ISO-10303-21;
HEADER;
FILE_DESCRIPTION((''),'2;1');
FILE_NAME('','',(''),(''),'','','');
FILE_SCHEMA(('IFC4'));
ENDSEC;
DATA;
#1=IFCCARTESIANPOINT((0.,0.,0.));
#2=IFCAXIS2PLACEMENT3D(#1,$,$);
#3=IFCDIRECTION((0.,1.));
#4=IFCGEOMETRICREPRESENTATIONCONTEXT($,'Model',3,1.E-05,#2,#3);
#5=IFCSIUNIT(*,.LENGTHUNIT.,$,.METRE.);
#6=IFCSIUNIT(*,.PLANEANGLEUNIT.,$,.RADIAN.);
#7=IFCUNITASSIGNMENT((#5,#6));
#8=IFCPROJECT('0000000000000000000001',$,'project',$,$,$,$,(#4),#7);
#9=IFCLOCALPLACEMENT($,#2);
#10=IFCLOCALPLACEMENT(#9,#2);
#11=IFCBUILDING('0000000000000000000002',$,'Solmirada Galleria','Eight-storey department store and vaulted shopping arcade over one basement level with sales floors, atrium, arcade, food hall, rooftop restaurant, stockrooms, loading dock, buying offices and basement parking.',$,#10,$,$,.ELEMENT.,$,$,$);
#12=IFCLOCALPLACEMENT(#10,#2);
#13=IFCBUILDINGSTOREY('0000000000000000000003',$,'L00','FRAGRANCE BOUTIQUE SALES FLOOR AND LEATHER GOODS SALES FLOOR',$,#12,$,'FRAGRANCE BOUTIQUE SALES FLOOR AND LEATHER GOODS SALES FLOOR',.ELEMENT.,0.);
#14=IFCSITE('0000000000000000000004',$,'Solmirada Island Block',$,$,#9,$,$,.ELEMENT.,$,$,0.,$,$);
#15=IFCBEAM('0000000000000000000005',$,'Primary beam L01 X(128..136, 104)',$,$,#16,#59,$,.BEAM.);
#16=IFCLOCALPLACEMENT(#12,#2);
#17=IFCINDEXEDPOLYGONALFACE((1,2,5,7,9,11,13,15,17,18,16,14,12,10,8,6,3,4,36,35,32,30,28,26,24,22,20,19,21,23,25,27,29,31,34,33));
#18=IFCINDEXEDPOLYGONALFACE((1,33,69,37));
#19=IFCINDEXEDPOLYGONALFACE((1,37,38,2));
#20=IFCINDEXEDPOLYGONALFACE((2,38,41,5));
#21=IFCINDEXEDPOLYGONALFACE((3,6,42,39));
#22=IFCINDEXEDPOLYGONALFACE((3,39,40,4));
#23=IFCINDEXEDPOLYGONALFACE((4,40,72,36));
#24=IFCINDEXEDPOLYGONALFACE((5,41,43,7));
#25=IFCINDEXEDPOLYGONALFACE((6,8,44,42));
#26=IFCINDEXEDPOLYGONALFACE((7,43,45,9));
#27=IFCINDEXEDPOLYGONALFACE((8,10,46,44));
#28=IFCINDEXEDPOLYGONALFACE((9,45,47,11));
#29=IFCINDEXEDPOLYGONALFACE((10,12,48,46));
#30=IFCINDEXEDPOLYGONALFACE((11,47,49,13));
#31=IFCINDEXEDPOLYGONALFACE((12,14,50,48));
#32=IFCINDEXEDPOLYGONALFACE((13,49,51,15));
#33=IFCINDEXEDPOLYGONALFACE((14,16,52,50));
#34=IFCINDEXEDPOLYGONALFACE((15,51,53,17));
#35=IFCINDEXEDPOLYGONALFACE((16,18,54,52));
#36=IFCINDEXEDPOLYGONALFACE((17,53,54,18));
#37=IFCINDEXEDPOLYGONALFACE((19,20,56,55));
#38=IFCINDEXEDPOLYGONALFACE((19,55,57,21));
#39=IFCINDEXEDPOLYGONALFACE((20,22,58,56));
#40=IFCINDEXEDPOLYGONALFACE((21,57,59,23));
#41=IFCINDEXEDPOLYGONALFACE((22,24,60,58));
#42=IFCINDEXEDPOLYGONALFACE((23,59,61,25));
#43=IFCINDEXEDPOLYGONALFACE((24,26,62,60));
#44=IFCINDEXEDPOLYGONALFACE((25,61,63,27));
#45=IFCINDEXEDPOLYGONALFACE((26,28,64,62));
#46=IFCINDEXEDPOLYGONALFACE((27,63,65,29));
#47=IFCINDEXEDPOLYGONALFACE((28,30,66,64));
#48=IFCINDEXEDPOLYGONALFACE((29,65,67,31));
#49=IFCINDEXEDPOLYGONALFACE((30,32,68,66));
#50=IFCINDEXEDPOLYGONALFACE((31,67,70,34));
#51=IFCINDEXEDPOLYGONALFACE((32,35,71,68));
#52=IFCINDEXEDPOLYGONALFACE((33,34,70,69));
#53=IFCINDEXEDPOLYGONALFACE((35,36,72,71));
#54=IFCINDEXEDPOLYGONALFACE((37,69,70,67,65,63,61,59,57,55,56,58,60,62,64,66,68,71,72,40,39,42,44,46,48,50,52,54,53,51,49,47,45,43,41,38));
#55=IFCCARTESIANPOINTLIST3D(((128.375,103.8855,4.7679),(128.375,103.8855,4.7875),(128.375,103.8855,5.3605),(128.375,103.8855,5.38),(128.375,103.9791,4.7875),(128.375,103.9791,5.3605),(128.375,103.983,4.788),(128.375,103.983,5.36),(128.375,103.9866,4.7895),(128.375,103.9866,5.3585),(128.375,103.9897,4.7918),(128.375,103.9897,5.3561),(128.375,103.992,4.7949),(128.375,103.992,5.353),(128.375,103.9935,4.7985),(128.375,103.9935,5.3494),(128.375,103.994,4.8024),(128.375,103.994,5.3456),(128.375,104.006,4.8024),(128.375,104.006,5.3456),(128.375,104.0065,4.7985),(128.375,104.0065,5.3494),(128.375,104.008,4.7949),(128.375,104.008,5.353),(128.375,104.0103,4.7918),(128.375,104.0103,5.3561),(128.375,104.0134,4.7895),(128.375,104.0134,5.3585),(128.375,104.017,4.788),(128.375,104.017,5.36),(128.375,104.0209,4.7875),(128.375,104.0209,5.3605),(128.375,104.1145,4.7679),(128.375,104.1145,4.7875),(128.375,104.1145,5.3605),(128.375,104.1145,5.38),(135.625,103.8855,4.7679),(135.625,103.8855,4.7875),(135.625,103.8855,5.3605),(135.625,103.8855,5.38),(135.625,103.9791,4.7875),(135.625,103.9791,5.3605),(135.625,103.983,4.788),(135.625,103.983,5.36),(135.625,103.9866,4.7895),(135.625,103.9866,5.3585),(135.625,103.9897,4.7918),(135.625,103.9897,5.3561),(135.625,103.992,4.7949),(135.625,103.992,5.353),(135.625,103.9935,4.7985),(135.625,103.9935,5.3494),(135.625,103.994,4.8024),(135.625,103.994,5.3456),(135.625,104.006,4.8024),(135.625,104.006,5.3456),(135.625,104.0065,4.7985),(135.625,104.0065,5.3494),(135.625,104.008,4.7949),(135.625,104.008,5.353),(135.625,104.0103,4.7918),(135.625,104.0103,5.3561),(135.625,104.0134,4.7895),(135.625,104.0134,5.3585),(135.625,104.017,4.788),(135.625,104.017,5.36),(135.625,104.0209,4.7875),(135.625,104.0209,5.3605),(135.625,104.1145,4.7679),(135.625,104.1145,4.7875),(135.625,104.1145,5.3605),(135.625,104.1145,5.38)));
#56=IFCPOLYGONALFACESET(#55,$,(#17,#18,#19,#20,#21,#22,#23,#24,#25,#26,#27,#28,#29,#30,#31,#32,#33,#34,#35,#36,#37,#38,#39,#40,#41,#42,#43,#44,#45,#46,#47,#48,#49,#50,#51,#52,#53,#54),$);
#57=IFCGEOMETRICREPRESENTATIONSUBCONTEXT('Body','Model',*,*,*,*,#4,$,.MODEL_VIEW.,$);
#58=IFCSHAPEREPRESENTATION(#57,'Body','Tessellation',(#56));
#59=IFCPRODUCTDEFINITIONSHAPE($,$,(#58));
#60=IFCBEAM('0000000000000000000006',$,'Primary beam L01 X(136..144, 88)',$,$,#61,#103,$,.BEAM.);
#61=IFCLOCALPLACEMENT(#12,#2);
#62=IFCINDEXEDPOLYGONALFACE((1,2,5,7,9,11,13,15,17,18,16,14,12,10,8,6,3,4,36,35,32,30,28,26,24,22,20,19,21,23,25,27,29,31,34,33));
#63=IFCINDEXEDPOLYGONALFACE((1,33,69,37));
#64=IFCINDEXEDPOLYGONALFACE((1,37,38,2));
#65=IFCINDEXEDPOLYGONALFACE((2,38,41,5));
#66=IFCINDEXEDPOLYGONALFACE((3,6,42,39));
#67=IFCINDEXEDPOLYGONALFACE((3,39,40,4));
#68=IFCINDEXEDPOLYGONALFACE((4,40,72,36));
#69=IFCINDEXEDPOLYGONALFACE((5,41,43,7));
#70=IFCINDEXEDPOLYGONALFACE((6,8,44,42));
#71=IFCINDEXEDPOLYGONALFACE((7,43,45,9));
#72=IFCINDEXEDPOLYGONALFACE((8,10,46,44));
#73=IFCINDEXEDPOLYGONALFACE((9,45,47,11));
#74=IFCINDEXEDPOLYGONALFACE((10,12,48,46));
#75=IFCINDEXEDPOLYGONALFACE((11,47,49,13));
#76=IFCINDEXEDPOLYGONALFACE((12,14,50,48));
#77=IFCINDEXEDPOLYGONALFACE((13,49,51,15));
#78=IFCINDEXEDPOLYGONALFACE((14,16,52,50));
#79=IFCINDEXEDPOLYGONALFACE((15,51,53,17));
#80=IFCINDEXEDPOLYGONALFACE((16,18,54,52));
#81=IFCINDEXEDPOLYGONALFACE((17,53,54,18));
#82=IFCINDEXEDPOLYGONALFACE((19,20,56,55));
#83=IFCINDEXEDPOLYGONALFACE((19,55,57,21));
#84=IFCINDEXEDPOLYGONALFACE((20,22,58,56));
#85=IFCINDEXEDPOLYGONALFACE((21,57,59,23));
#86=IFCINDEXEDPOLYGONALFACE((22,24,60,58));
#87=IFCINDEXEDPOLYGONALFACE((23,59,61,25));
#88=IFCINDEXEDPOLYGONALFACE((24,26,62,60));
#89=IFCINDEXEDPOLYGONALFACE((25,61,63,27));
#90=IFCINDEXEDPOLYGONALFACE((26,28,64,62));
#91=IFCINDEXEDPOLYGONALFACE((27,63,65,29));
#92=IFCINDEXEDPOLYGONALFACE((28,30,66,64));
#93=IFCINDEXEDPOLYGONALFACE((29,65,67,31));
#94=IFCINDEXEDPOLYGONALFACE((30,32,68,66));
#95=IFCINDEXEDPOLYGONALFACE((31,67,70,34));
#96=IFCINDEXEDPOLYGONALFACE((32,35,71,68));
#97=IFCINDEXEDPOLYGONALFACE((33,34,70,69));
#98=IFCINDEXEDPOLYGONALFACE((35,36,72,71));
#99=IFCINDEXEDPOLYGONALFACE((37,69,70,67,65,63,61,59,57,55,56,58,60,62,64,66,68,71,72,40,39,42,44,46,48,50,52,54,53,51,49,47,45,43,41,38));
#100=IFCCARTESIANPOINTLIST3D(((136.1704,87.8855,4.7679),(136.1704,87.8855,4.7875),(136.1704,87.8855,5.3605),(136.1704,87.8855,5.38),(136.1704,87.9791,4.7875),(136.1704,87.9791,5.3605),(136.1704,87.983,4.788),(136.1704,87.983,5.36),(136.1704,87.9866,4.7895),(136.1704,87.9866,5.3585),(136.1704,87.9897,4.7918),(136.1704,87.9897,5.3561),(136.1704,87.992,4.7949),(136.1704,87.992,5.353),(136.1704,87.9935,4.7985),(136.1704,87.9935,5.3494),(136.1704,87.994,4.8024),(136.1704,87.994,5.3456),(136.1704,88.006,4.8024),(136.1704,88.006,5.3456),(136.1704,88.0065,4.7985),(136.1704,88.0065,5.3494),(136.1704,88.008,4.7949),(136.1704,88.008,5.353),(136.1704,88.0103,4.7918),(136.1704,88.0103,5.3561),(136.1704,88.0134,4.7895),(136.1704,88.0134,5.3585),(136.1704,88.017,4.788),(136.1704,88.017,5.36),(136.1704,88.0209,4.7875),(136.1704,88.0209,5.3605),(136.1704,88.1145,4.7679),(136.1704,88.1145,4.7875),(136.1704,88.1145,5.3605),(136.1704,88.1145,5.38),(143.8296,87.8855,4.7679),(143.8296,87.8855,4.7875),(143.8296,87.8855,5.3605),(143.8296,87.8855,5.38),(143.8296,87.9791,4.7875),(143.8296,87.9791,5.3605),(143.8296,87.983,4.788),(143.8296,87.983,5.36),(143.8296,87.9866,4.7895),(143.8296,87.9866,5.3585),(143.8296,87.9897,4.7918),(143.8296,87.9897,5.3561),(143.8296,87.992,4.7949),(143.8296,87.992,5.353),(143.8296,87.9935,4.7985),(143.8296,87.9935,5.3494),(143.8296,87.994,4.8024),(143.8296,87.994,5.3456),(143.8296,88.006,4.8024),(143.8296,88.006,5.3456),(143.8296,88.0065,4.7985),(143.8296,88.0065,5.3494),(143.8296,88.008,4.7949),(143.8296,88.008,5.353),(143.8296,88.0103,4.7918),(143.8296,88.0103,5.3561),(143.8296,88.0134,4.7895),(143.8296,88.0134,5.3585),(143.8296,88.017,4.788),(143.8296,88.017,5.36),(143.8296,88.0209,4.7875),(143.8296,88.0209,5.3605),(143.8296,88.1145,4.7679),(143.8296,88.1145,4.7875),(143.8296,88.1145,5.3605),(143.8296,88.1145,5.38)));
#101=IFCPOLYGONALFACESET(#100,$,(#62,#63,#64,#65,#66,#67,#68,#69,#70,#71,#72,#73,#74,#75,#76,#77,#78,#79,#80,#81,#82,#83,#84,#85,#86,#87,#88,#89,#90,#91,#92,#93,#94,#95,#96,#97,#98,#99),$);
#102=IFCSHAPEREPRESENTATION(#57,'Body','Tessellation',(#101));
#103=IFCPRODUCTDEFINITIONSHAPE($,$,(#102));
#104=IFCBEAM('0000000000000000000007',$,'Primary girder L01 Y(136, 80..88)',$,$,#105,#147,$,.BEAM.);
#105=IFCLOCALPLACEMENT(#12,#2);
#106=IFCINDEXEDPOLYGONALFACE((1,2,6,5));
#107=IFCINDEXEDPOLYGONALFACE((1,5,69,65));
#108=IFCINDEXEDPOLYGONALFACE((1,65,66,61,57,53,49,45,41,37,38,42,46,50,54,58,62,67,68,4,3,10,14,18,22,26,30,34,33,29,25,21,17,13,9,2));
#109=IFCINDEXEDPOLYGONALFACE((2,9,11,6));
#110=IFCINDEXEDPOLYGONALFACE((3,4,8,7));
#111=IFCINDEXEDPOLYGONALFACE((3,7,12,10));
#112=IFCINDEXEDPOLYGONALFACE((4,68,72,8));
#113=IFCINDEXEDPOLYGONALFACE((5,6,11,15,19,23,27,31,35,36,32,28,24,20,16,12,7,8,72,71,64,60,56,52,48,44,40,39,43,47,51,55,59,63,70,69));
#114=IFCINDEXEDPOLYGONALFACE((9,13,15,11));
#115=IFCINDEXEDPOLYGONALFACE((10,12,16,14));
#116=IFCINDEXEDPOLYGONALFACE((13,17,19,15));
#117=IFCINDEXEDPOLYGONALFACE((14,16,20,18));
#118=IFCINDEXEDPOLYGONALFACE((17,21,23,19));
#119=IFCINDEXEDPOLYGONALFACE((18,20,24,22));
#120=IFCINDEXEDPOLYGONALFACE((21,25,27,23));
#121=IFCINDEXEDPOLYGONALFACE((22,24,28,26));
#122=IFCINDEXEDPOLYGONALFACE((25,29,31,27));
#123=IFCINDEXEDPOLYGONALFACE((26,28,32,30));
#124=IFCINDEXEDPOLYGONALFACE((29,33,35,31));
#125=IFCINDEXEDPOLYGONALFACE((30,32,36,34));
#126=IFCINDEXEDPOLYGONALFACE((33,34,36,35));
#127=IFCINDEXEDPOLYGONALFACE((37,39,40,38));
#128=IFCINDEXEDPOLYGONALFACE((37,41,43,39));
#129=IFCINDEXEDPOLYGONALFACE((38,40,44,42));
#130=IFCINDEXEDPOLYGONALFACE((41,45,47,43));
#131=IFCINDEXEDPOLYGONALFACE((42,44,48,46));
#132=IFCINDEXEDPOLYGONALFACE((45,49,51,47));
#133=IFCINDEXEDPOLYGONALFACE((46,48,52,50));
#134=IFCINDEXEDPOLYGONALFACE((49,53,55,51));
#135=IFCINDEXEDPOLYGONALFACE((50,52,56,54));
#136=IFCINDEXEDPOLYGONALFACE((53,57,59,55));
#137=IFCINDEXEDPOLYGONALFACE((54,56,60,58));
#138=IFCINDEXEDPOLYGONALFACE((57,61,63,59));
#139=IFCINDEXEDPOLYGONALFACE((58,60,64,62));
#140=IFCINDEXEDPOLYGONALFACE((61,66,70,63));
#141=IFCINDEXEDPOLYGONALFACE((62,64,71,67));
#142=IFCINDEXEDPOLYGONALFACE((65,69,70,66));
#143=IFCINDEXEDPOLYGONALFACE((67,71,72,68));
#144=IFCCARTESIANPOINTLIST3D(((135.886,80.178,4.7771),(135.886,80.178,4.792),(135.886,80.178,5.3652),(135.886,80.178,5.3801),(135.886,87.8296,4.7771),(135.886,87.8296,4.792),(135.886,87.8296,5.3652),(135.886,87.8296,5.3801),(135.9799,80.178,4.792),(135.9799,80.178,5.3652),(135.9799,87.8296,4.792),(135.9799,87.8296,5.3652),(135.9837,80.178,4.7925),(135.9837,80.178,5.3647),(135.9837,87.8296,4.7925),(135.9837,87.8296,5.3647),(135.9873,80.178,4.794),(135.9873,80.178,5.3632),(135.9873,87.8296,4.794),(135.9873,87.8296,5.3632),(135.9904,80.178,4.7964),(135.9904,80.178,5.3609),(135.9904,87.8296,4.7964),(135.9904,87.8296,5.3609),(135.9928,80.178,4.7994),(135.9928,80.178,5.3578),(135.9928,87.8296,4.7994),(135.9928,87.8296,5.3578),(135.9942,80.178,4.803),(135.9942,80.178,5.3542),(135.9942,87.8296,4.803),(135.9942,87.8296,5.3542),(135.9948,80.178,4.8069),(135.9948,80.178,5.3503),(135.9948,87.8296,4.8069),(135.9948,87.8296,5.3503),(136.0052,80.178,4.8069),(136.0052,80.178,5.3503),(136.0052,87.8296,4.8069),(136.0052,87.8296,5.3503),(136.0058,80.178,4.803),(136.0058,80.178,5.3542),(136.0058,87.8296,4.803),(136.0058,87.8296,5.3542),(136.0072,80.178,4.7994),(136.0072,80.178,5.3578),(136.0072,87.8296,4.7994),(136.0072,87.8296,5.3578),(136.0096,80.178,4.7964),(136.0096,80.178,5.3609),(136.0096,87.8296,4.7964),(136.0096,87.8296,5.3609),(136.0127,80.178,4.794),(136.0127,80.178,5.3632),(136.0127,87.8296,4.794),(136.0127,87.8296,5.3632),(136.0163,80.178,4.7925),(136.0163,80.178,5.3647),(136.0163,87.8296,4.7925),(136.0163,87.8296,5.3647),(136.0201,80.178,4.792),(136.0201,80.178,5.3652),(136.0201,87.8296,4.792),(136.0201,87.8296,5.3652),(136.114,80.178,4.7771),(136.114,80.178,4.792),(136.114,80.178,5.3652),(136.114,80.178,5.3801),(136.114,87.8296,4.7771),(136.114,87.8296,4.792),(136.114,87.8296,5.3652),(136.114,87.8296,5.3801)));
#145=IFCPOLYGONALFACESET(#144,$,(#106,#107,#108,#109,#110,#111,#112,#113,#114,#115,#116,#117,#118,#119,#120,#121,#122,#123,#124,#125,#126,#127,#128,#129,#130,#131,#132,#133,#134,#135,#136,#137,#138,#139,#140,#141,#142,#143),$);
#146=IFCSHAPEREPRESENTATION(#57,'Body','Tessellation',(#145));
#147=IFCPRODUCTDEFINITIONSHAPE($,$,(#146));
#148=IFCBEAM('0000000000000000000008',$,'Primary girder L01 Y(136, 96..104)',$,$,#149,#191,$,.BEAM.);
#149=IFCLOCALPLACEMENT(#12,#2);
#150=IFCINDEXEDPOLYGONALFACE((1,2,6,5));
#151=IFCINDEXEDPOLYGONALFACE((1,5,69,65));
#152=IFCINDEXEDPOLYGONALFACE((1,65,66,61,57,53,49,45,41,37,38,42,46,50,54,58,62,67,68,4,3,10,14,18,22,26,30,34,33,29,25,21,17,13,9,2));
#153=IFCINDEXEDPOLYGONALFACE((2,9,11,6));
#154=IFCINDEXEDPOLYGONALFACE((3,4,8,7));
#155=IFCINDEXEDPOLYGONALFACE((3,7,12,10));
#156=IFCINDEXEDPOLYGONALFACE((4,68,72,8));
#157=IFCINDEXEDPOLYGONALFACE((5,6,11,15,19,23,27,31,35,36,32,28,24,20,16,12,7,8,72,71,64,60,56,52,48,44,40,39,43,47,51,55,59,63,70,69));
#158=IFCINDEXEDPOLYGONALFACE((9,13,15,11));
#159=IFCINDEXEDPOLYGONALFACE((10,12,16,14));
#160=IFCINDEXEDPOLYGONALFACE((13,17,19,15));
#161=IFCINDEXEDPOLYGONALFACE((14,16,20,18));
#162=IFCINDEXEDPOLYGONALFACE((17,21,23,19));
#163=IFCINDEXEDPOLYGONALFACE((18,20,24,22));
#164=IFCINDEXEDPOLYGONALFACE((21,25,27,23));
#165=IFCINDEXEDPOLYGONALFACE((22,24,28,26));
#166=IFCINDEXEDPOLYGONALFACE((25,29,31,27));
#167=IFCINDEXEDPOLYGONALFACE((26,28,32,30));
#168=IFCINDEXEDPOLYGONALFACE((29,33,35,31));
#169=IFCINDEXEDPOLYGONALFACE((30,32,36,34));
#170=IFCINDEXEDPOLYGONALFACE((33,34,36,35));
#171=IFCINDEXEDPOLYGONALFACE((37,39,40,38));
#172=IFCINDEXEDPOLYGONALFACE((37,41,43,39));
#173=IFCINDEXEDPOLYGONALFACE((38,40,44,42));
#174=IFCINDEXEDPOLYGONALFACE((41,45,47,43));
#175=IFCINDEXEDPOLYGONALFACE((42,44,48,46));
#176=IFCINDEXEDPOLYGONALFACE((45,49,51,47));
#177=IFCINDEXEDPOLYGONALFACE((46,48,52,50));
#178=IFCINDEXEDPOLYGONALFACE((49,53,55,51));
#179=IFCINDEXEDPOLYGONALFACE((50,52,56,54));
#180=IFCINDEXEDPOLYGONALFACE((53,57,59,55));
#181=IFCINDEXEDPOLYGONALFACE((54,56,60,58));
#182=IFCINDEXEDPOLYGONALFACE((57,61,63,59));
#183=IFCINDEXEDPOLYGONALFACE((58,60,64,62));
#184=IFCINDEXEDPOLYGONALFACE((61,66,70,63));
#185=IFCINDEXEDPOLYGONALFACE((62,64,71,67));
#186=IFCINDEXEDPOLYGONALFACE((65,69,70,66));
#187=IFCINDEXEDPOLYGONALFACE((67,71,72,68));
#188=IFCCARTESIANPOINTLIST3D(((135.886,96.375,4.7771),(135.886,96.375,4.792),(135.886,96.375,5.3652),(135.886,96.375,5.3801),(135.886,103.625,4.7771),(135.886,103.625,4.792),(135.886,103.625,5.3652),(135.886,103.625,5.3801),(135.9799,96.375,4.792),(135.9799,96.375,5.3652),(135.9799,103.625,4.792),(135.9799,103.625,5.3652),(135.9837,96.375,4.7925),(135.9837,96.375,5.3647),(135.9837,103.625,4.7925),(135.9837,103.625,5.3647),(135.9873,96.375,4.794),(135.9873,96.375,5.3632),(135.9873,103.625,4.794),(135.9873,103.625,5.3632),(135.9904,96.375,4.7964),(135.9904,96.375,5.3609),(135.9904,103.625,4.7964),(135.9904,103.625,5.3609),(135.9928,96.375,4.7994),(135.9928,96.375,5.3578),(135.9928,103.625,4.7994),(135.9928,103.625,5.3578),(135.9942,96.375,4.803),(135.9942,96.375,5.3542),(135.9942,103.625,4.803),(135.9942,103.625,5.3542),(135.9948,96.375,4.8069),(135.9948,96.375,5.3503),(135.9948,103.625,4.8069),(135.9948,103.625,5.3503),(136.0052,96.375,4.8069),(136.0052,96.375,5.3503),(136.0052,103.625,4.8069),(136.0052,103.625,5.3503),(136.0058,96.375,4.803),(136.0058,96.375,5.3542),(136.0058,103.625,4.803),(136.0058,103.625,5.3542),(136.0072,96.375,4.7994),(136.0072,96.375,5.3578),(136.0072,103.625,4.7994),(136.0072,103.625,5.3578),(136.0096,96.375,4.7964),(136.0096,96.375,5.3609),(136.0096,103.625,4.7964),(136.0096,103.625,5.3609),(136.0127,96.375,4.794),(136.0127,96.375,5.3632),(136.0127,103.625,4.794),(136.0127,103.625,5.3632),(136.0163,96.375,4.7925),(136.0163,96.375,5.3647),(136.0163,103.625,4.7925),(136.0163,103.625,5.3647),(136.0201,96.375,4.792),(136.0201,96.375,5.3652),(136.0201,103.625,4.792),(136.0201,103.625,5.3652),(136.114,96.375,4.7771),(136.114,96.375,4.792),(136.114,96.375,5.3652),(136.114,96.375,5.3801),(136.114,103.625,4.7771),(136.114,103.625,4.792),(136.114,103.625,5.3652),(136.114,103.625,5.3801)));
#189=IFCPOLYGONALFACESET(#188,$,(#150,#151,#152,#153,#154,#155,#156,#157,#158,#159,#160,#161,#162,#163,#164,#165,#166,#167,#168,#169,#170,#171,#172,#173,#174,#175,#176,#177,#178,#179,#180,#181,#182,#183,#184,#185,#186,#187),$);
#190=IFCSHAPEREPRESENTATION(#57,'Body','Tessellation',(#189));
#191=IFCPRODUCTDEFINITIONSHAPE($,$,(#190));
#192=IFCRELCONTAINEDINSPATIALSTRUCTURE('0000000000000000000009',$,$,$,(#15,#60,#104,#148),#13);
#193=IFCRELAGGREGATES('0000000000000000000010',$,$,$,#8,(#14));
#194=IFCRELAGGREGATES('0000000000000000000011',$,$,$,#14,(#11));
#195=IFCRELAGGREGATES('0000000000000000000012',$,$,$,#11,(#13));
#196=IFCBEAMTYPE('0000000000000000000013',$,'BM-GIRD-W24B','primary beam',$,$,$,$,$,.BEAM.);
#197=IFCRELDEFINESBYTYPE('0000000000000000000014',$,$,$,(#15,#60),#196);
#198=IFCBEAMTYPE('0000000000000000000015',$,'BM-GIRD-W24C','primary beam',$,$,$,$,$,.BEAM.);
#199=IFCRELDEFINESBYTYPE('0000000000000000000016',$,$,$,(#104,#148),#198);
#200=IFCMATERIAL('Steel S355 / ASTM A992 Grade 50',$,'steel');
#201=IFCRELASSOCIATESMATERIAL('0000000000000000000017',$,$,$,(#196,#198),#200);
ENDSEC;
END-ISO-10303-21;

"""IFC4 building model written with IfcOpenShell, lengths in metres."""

from ifc_helpers import new_model, si_unit, direction, frame, origin, origin_2d, place, context, subcontext, project, spatial, i_section, extrude, material, material_profile, profile_set, type_object, element, save


model = new_model("IFC4")

# Units and contexts
model_context = context("Model", 3, precision=1e-05, world=origin(), true_north=direction((0.0, 1.0)))
body_context = subcontext(model_context, "Body", "Model", "MODEL_VIEW")
ifc_project = project(units=[si_unit("LENGTHUNIT", "METRE"), si_unit("PLANEANGLEUNIT", "RADIAN")], contexts=[model_context])

# Site, building, storey
site_placement = place(None, origin())
site = spatial("IfcSite", under=ifc_project, at=site_placement, Name="Solmirada Island Block", CompositionType="ELEMENT", RefElevation=0.0)
building_placement = place(site_placement, origin())
building = spatial("IfcBuilding", under=site, at=building_placement, Name="Solmirada Galleria", Description="Eight-storey department store and vaulted shopping arcade over one basement level with sales floors, atrium, arcade, food hall, rooftop restaurant, stockrooms, loading dock, buying offices and basement parking.", CompositionType="ELEMENT")
storey_placement = place(building_placement, origin())
storey = spatial("IfcBuildingStorey", under=building, at=storey_placement, Name="L00", Description="FRAGRANCE BOUTIQUE SALES FLOOR AND LEATHER GOODS SALES FLOOR", LongName="FRAGRANCE BOUTIQUE SALES FLOOR AND LEATHER GOODS SALES FLOOR", CompositionType="ELEMENT", Elevation=0.0)

# Beams
ifc_material_1 = material(Name="Steel S355 / ASTM A992 Grade 50", Category="steel")
ifc_material_profile_1 = material_profile(ifc_material_1, i_section(OverallWidth=0.229, OverallDepth=0.6121, WebThickness=0.012, FlangeThickness=0.0195, FilletRadius=0.0149, at=origin_2d()), Name="W24X84")
ifc_profile_set_1 = profile_set([ifc_material_profile_1], Name="Steel S355 / ASTM A992 Grade 50")
beam_type_1 = type_object("IfcBeamType", Name="BM-GIRD-W24B", Description="primary beam", PredefinedType="BEAM", material=ifc_profile_set_1)
beam_1_placement = place(storey_placement, frame((128.375, 104.0, 5.074), z_axis=(1.0, 0.0, 0.0), x_axis=(0.0, 1.0, 0.0)))
element("IfcBeam", 1, at=beam_1_placement, inside=storey, type_object=beam_type_1, Name="Primary beam L01 X(128..136, 104)", PredefinedType="BEAM", context=body_context, shape_type="SweptSolid", body=[
    extrude(i_section(OverallWidth=0.229, OverallDepth=0.6121, WebThickness=0.012, FlangeThickness=0.0195, FilletRadius=0.0149, at=origin_2d()), origin(), (0.0, 0.0, 1.0), 7.25),
])
beam_2_placement = place(storey_placement, frame((136.1704, 88.0, 5.074), z_axis=(1.0, 0.0, 0.0), x_axis=(0.0, 1.0, 0.0)))
element("IfcBeam", 2, at=beam_2_placement, inside=storey, type_object=beam_type_1, Name="Primary beam L01 X(136..144, 88)", PredefinedType="BEAM", context=body_context, shape_type="SweptSolid", body=[
    extrude(i_section(OverallWidth=0.229, OverallDepth=0.6121, WebThickness=0.012, FlangeThickness=0.0195, FilletRadius=0.0149, at=origin_2d()), origin(), (0.0, 0.0, 1.0), 7.6592),
])
ifc_material_profile_2 = material_profile(ifc_material_1, i_section(OverallWidth=0.228, OverallDepth=0.603, WebThickness=0.0105, FlangeThickness=0.0149, FilletRadius=0.0149, at=origin_2d()), Name="W24X68")
ifc_profile_set_2 = profile_set([ifc_material_profile_2], Name="Steel S355 / ASTM A992 Grade 50")
beam_type_2 = type_object("IfcBeamType", Name="BM-GIRD-W24C", Description="primary beam", PredefinedType="BEAM", material=ifc_profile_set_2)
beam_3_placement = place(storey_placement, frame((136.0, 80.178, 5.0786), z_axis=(0.0, 1.0, 0.0), x_axis=(-1.0, 0.0, 0.0)))
element("IfcBeam", 3, at=beam_3_placement, inside=storey, type_object=beam_type_2, Name="Primary girder L01 Y(136, 80..88)", PredefinedType="BEAM", context=body_context, shape_type="SweptSolid", body=[
    extrude(i_section(OverallWidth=0.228, OverallDepth=0.603, WebThickness=0.0105, FlangeThickness=0.0149, FilletRadius=0.0149, at=origin_2d()), origin(), (0.0, 0.0, 1.0), 7.6516),
])
beam_4_placement = place(storey_placement, frame((136.0, 96.375, 5.0786), z_axis=(0.0, 1.0, 0.0), x_axis=(-1.0, 0.0, 0.0)))
element("IfcBeam", 4, at=beam_4_placement, inside=storey, type_object=beam_type_2, Name="Primary girder L01 Y(136, 96..104)", PredefinedType="BEAM", context=body_context, shape_type="SweptSolid", body=[
    extrude(i_section(OverallWidth=0.228, OverallDepth=0.603, WebThickness=0.0105, FlangeThickness=0.0149, FilletRadius=0.0149, at=origin_2d()), origin(), (0.0, 0.0, 1.0), 7.25),
])

save(model, "model.ifc")
